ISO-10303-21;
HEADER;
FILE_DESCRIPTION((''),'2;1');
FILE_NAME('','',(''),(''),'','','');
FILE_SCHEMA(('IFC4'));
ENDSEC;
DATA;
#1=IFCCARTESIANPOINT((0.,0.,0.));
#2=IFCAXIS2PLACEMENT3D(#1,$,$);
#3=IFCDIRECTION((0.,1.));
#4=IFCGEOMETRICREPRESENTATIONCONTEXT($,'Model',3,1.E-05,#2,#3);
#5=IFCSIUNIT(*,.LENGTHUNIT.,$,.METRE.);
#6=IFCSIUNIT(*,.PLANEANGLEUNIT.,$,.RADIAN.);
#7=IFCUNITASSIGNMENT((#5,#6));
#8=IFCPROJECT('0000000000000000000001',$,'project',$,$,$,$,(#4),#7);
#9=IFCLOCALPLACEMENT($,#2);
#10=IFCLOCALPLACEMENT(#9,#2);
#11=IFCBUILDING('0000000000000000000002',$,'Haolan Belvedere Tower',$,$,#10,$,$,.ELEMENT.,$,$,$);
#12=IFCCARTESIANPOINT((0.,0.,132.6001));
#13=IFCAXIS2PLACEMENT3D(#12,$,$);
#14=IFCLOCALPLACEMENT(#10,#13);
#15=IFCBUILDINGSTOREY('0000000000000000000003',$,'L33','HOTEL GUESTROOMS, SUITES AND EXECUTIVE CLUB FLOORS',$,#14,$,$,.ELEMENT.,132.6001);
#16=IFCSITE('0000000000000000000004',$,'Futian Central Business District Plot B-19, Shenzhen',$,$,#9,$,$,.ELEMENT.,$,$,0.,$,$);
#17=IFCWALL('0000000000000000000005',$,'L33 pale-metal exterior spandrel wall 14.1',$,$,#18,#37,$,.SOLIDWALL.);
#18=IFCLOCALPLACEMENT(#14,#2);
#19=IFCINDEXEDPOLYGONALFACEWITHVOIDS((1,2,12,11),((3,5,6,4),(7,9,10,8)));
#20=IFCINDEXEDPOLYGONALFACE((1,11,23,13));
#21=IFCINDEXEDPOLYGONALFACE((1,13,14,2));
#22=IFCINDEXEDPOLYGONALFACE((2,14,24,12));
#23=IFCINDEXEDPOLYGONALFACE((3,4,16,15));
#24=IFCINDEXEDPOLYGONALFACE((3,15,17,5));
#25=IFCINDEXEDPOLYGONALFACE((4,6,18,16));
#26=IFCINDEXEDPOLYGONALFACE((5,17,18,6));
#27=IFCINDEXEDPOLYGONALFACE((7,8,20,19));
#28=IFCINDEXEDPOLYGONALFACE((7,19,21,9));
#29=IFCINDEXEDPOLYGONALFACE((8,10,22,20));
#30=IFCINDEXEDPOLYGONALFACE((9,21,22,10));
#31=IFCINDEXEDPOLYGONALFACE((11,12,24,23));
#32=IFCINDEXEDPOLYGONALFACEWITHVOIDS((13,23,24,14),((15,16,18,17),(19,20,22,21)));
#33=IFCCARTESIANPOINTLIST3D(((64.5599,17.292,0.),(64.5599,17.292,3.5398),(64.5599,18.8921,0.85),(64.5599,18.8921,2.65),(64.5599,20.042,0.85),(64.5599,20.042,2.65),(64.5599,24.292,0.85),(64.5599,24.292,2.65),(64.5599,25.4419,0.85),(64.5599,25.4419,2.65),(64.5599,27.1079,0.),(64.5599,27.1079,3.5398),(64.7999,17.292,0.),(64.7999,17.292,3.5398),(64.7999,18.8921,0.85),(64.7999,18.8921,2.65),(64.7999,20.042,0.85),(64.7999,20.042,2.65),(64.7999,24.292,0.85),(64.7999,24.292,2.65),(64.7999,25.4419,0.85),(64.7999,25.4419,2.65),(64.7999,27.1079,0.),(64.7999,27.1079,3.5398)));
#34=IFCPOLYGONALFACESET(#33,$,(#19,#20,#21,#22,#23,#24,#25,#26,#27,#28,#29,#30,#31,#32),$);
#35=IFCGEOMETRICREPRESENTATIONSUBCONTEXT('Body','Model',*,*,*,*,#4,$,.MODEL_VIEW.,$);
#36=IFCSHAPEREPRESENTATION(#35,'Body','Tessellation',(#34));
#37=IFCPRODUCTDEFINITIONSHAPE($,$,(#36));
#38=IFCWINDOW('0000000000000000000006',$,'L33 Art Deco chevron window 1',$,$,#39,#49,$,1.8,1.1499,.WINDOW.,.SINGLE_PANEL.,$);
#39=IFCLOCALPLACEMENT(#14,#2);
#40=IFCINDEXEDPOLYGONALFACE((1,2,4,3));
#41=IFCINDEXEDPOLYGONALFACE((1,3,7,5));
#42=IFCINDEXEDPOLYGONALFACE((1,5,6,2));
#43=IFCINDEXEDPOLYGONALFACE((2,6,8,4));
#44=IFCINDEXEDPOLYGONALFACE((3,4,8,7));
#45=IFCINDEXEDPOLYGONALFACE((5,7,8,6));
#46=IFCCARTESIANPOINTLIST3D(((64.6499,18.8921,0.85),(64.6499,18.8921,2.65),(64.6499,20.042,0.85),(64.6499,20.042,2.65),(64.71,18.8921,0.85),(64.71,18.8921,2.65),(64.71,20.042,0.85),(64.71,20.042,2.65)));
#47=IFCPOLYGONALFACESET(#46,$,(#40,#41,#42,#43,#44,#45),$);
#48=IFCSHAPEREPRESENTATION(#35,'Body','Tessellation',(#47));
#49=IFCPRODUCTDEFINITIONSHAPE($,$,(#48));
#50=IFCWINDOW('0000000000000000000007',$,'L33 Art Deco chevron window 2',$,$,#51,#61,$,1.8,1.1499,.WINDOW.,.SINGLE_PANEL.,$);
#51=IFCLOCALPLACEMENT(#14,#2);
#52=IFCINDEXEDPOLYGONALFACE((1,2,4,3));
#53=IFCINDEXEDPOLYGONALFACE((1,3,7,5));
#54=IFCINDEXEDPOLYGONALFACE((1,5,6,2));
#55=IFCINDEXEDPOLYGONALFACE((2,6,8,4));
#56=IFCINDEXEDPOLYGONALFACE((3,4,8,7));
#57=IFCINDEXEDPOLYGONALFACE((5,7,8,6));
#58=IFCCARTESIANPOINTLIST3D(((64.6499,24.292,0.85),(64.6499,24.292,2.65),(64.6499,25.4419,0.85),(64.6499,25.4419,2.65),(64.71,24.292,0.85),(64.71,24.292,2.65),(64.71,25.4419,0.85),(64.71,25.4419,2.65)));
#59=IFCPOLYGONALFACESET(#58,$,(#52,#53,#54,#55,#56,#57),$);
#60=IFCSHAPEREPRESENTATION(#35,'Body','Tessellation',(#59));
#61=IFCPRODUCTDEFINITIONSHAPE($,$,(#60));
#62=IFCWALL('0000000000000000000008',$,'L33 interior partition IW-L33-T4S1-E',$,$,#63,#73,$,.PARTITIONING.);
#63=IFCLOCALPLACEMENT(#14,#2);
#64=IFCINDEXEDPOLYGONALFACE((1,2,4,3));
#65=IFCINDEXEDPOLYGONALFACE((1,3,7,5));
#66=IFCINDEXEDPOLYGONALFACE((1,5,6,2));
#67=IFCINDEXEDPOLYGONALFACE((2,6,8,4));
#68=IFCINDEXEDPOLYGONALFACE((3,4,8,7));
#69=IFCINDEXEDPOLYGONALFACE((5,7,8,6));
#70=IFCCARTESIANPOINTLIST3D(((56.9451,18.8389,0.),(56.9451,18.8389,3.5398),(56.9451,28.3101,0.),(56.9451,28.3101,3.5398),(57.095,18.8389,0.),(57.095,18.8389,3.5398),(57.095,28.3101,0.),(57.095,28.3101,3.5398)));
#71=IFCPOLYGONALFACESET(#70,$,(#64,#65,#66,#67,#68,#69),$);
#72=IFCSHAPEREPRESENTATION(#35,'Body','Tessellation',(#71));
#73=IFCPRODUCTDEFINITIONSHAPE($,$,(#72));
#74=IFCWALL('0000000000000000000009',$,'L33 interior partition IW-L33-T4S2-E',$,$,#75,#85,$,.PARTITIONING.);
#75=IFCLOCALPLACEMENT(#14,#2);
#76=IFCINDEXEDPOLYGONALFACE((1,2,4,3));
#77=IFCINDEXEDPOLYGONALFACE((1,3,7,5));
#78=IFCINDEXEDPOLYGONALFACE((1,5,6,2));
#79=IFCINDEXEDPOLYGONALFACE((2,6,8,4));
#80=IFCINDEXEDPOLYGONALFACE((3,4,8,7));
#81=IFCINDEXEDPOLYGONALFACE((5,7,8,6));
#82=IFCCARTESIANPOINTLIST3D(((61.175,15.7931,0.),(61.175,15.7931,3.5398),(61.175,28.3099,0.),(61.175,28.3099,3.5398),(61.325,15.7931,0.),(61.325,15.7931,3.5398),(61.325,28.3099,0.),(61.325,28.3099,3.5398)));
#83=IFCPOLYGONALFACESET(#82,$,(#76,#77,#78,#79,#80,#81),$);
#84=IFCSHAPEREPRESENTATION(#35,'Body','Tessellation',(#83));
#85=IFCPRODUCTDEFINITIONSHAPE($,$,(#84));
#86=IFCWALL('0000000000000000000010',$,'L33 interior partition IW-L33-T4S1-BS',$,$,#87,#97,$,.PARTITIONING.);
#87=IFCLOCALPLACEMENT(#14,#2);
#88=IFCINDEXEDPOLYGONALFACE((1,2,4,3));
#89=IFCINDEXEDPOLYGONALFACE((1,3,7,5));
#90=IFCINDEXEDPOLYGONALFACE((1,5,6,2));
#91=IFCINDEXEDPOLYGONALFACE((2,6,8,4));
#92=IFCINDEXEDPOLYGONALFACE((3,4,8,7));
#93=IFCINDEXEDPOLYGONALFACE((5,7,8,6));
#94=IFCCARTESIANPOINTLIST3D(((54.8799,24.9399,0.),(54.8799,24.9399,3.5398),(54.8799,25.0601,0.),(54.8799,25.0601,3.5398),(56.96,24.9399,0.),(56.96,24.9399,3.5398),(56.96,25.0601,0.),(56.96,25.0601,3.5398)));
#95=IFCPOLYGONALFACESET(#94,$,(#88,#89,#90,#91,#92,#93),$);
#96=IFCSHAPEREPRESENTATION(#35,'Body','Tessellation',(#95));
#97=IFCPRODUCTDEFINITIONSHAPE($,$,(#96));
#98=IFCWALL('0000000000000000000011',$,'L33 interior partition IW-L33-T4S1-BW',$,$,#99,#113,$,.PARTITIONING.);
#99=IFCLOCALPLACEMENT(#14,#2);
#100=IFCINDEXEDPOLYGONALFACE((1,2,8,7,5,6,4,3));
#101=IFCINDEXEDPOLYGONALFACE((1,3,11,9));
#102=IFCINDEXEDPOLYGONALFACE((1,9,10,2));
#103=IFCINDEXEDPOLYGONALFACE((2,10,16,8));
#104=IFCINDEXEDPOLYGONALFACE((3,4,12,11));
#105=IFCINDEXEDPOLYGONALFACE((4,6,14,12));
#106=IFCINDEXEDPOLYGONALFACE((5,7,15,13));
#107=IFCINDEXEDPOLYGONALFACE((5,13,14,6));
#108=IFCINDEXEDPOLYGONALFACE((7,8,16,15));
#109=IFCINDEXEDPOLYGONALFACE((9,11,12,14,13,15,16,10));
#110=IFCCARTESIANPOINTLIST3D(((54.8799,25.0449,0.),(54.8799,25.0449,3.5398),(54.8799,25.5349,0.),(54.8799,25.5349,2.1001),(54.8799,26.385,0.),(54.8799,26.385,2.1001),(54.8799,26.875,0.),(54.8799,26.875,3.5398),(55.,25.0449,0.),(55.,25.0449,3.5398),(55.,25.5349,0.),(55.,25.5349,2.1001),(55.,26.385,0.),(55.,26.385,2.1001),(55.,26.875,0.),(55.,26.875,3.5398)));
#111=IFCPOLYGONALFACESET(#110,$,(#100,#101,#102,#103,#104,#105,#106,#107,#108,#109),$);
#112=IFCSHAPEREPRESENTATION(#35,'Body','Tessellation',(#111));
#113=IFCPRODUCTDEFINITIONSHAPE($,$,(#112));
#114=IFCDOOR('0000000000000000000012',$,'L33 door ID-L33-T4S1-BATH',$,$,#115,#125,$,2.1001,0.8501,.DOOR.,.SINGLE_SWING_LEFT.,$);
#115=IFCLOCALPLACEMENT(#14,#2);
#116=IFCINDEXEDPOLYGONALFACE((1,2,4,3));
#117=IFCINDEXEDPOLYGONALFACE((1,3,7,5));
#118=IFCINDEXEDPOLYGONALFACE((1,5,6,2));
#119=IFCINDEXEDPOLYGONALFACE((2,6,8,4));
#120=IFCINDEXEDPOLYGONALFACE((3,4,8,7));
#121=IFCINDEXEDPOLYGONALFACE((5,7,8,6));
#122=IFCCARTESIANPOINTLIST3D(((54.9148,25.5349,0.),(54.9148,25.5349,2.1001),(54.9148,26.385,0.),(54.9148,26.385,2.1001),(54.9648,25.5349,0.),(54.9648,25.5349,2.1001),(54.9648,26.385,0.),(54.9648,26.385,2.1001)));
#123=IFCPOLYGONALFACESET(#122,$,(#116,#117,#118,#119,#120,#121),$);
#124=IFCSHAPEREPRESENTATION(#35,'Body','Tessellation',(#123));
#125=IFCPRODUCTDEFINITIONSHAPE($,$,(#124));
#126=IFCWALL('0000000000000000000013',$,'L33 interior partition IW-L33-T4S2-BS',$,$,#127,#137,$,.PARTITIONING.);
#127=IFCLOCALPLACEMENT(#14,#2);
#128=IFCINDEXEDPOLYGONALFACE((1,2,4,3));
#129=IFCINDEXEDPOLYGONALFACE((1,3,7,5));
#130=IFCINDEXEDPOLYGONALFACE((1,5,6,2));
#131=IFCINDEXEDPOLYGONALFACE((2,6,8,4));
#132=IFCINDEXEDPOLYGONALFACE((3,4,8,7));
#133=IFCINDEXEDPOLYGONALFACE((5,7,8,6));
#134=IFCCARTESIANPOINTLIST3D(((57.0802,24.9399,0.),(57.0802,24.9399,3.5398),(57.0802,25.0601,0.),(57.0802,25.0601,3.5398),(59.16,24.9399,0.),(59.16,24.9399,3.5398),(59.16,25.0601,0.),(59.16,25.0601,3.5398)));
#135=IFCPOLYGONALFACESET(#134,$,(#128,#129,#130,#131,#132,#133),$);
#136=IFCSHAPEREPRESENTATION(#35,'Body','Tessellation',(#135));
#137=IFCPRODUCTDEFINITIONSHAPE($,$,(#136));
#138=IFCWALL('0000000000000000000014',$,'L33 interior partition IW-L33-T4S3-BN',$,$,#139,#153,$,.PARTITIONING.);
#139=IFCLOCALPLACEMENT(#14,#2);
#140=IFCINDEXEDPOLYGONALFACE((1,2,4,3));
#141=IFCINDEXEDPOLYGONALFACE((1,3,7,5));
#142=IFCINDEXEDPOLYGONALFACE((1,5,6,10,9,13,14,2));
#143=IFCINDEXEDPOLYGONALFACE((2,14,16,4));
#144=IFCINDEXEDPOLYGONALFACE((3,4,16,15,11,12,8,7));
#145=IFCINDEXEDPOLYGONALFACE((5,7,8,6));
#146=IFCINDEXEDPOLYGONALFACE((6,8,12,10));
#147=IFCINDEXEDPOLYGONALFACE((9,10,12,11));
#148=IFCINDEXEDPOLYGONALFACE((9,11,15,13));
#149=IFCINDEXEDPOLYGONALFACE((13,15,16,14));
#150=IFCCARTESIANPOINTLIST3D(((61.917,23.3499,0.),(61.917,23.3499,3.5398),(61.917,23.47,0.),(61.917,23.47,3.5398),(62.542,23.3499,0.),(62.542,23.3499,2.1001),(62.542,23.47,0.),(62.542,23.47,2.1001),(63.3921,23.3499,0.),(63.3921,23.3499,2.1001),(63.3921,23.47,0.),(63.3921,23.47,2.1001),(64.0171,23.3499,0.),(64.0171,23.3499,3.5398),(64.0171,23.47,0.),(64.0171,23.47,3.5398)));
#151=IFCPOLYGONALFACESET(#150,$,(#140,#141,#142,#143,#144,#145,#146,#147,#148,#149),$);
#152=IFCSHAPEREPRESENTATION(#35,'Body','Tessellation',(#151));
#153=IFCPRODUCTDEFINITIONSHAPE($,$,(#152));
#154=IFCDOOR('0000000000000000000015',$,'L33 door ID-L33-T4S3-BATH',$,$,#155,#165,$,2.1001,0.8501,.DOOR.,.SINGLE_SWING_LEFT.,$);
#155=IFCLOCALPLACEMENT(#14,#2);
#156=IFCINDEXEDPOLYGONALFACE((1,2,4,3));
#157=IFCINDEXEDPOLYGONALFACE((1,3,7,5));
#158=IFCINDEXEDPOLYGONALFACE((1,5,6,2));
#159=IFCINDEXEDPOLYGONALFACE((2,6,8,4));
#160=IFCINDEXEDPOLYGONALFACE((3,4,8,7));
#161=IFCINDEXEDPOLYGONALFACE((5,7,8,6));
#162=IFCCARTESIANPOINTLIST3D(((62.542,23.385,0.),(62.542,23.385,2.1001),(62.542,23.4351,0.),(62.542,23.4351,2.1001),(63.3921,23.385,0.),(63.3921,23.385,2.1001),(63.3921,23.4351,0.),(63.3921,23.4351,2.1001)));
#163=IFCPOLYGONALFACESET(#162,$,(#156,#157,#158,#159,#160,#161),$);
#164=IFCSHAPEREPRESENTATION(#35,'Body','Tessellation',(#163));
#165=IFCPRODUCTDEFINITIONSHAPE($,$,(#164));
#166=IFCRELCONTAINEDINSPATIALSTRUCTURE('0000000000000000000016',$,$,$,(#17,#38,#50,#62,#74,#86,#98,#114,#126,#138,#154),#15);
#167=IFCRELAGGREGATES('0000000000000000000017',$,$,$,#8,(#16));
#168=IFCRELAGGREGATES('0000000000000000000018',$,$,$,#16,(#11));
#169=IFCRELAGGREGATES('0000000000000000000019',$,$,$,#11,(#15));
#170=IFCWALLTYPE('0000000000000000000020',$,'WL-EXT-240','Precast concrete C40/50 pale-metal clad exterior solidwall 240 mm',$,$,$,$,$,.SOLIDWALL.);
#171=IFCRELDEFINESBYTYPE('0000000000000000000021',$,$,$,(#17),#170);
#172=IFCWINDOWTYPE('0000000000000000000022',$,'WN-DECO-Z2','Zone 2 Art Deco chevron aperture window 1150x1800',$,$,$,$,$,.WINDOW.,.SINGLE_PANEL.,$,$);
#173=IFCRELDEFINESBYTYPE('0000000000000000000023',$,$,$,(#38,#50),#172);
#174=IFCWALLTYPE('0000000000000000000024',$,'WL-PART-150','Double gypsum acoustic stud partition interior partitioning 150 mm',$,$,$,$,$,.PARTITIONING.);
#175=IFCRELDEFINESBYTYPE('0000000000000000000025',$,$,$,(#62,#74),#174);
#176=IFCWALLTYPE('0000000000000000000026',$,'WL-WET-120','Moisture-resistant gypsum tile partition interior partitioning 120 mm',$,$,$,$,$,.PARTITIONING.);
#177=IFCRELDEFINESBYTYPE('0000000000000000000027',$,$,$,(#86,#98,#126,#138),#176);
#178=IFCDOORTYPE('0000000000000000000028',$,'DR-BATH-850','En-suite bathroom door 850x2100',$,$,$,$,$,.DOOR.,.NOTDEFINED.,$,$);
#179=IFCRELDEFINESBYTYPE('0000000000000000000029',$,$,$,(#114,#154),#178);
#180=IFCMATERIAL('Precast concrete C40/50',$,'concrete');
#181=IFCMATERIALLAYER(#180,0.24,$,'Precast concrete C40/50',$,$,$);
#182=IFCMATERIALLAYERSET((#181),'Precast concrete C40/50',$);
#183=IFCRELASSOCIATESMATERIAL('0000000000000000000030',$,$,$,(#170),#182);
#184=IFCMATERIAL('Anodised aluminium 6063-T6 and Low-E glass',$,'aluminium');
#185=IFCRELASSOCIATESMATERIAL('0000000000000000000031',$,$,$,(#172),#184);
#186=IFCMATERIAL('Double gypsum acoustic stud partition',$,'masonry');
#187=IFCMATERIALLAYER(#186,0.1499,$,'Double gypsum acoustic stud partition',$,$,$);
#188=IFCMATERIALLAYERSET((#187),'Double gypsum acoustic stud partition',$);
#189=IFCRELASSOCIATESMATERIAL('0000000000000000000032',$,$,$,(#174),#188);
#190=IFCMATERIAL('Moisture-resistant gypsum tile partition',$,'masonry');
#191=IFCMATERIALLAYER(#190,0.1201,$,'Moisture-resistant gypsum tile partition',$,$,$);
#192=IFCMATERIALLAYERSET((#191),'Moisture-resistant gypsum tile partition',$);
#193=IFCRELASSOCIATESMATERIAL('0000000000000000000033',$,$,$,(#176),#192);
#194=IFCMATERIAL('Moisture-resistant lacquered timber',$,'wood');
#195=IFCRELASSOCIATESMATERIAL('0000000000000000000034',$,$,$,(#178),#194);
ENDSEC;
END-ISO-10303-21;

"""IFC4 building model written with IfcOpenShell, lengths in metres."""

from ifc_helpers import new_model, si_unit, direction, frame, frame_2d, origin, place, context, subcontext, project, spatial, rectangle, extrude, material, layer, layer_set, type_object, element, fill, save


model = new_model("IFC4")

# Units and contexts
model_context = context("Model", 3, precision=1e-05, world=origin(), true_north=direction((0.0, 1.0)))
body_context = subcontext(model_context, "Body", "Model", "MODEL_VIEW")
ifc_project = project(units=[si_unit("LENGTHUNIT", "METRE"), si_unit("PLANEANGLEUNIT", "RADIAN")], contexts=[model_context])

# Site, building, storey
site_placement = place(None, origin())
site = spatial("IfcSite", under=ifc_project, at=site_placement, Name="Futian Central Business District Plot B-19, Shenzhen", CompositionType="ELEMENT", RefElevation=0.0)
building_placement = place(site_placement, origin())
building = spatial("IfcBuilding", under=site, at=building_placement, Name="Haolan Belvedere Tower", CompositionType="ELEMENT")
storey_placement = place(building_placement, frame((0.0, 0.0, 132.6001)))
storey = spatial("IfcBuildingStorey", under=building, at=storey_placement, Name="L33", Description="HOTEL GUESTROOMS, SUITES AND EXECUTIVE CLUB FLOORS", CompositionType="ELEMENT", Elevation=132.6001)

# Shared definitions
ifc_material_1 = material(Name="Precast concrete C40/50", Category="concrete")
ifc_layer_1 = layer(ifc_material_1, 0.24, Name="Precast concrete C40/50")
ifc_layer_set_1 = layer_set([ifc_layer_1], Name="Precast concrete C40/50")
wall_type_1 = type_object("IfcWallType", Name="WL-EXT-240", Description="Precast concrete C40/50 pale-metal clad exterior solidwall 240 mm", PredefinedType="SOLIDWALL", material=ifc_layer_set_1)
ifc_material_2 = material(Name="Anodised aluminium 6063-T6 and Low-E glass", Category="aluminium")
window_type = type_object("IfcWindowType", Name="WN-DECO-Z2", Description="Zone 2 Art Deco chevron aperture window 1150x1800", PartitioningType="SINGLE_PANEL", PredefinedType="WINDOW", material=ifc_material_2)

# Wall, openings, windows
wall_1_placement = place(storey_placement, frame((64.6799, 17.292, 0.0), z_axis=(0.0, 0.0, 1.0), x_axis=(0.0, 1.0, 0.0)))
wall_1 = element("IfcWall", 1, at=wall_1_placement, inside=storey, type_object=wall_type_1, Name="L33 pale-metal exterior spandrel wall 14.1", PredefinedType="SOLIDWALL", context=body_context, shape_type="SweptSolid", body=[
    extrude(rectangle(XDim=9.8159, YDim=0.24, at=frame_2d((4.908, 0.0))), origin(), (0.0, 0.0, 1.0), 3.5398),
])
opening_1_placement = place(wall_1_placement, frame((1.6001, 0.0, 0.8501)))
opening_1 = element("IfcOpeningElement", 2, at=opening_1_placement, cuts=wall_1, PredefinedType="OPENING", context=body_context, shape_type="SweptSolid", body=[
    extrude(rectangle(XDim=1.1499, YDim=1.8, at=frame_2d((0.575, 0.8999))), frame((0.0, 0.1299, 0.0), z_axis=(0.0, -1.0, 0.0), x_axis=(1.0, 0.0, 0.0)), (0.0, 0.0, 1.0), 0.26),
])
opening_2_placement = place(wall_1_placement, frame((7.0, 0.0, 0.8501)))
opening_2 = element("IfcOpeningElement", 3, at=opening_2_placement, cuts=wall_1, PredefinedType="OPENING", context=body_context, shape_type="SweptSolid", body=[
    extrude(rectangle(XDim=1.1499, YDim=1.8, at=frame_2d((0.575, 0.8999))), frame((0.0, 0.1299, 0.0), z_axis=(0.0, -1.0, 0.0), x_axis=(1.0, 0.0, 0.0)), (0.0, 0.0, 1.0), 0.26),
])
window_1_placement = place(opening_1_placement, origin())
window_1 = element("IfcWindow", 4, at=window_1_placement, inside=storey, type_object=window_type, Name="L33 Art Deco chevron window 1", OverallHeight=1.8, OverallWidth=1.1499, PartitioningType="SINGLE_PANEL", PredefinedType="WINDOW", context=body_context, shape_type="SweptSolid", body=[
    extrude(rectangle(XDim=1.1499, YDim=1.8, at=frame_2d((0.575, 0.8999))), frame((0.0, 0.03, 0.0), z_axis=(0.0, -1.0, 0.0), x_axis=(1.0, 0.0, 0.0)), (0.0, 0.0, 1.0), 0.0601),
])
fill(opening_1, window_1)
window_2_placement = place(opening_2_placement, origin())
window_2 = element("IfcWindow", 5, at=window_2_placement, inside=storey, type_object=window_type, Name="L33 Art Deco chevron window 2", OverallHeight=1.8, OverallWidth=1.1499, PartitioningType="SINGLE_PANEL", PredefinedType="WINDOW", context=body_context, shape_type="SweptSolid", body=[
    extrude(rectangle(XDim=1.1499, YDim=1.8, at=frame_2d((0.575, 0.8999))), frame((0.0, 0.03, 0.0), z_axis=(0.0, -1.0, 0.0), x_axis=(1.0, 0.0, 0.0)), (0.0, 0.0, 1.0), 0.0601),
])
fill(opening_2, window_2)

# Walls
ifc_material_3 = material(Name="Double gypsum acoustic stud partition", Category="masonry")
ifc_layer_2 = layer(ifc_material_3, 0.1499, Name="Double gypsum acoustic stud partition")
ifc_layer_set_2 = layer_set([ifc_layer_2], Name="Double gypsum acoustic stud partition")
wall_type_2 = type_object("IfcWallType", Name="WL-PART-150", Description="Double gypsum acoustic stud partition interior partitioning 150 mm", PredefinedType="PARTITIONING", material=ifc_layer_set_2)
wall_2_placement = place(storey_placement, frame((57.02, 18.8389, 0.0), z_axis=(0.0, 0.0, 1.0), x_axis=(0.0, 1.0, 0.0)))
element("IfcWall", 6, at=wall_2_placement, inside=storey, type_object=wall_type_2, Name="L33 interior partition IW-L33-T4S1-E", PredefinedType="PARTITIONING", context=body_context, shape_type="SweptSolid", body=[
    extrude(rectangle(XDim=9.4712, YDim=0.1499, at=frame_2d((4.7356, 0.0))), origin(), (0.0, 0.0, 1.0), 3.5398),
])
wall_3_placement = place(storey_placement, frame((61.25, 15.7932, 0.0), z_axis=(0.0, 0.0, 1.0), x_axis=(0.0, 1.0, 0.0)))
element("IfcWall", 7, at=wall_3_placement, inside=storey, type_object=wall_type_2, Name="L33 interior partition IW-L33-T4S2-E", PredefinedType="PARTITIONING", context=body_context, shape_type="SweptSolid", body=[
    extrude(rectangle(XDim=12.5168, YDim=0.1499, at=frame_2d((6.2583, 0.0))), origin(), (0.0, 0.0, 1.0), 3.5398),
])
ifc_material_4 = material(Name="Moisture-resistant gypsum tile partition", Category="masonry")
ifc_layer_3 = layer(ifc_material_4, 0.1201, Name="Moisture-resistant gypsum tile partition")
ifc_layer_set_3 = layer_set([ifc_layer_3], Name="Moisture-resistant gypsum tile partition")
wall_type_3 = type_object("IfcWallType", Name="WL-WET-120", Description="Moisture-resistant gypsum tile partition interior partitioning 120 mm", PredefinedType="PARTITIONING", material=ifc_layer_set_3)
wall_4_placement = place(storey_placement, frame((54.8799, 25.0, 0.0), z_axis=(0.0, 0.0, 1.0), x_axis=(1.0, 0.0, 0.0)))
element("IfcWall", 8, at=wall_4_placement, inside=storey, type_object=wall_type_3, Name="L33 interior partition IW-L33-T4S1-BS", PredefinedType="PARTITIONING", context=body_context, shape_type="SweptSolid", body=[
    extrude(rectangle(XDim=2.0801, YDim=0.1201, at=frame_2d((1.04, 0.0))), origin(), (0.0, 0.0, 1.0), 3.5398),
])

# Wall, opening, door
wall_5_placement = place(storey_placement, frame((54.9399, 25.0449, 0.0), z_axis=(0.0, 0.0, 1.0), x_axis=(0.0, 1.0, 0.0)))
wall_5 = element("IfcWall", 9, at=wall_5_placement, inside=storey, type_object=wall_type_3, Name="L33 interior partition IW-L33-T4S1-BW", PredefinedType="PARTITIONING", context=body_context, shape_type="SweptSolid", body=[
    extrude(rectangle(XDim=1.8301, YDim=0.1201, at=frame_2d((0.915, 0.0))), origin(), (0.0, 0.0, 1.0), 3.5398),
])
opening_3_placement = place(wall_5_placement, frame((1.3401, 0.0, 0.0), z_axis=(0.0, 0.0, 1.0), x_axis=(-1.0, 0.0, 0.0)))
opening_3 = element("IfcOpeningElement", 10, at=opening_3_placement, cuts=wall_5, PredefinedType="OPENING", context=body_context, shape_type="SweptSolid", body=[
    extrude(rectangle(XDim=0.8501, YDim=2.1001, at=frame_2d((0.425, 1.05))), frame((0.0, 0.0701, 0.0), z_axis=(0.0, -1.0, 0.0), x_axis=(1.0, 0.0, 0.0)), (0.0, 0.0, 1.0), 0.1401),
])
ifc_material_5 = material(Name="Moisture-resistant lacquered timber", Category="wood")
door_type = type_object("IfcDoorType", Name="DR-BATH-850", Description="En-suite bathroom door 850x2100", OperationType="NOTDEFINED", PredefinedType="DOOR", material=ifc_material_5)
door_1_placement = place(opening_3_placement, origin())
door_1 = element("IfcDoor", 11, at=door_1_placement, inside=storey, type_object=door_type, Name="L33 door ID-L33-T4S1-BATH", OperationType="SINGLE_SWING_LEFT", OverallHeight=2.1001, OverallWidth=0.8501, PredefinedType="DOOR", context=body_context, shape_type="SweptSolid", body=[
    extrude(rectangle(XDim=0.8501, YDim=2.1001, at=frame_2d((0.425, 1.05))), frame((0.0, 0.0249, 0.0), z_axis=(0.0, -1.0, 0.0), x_axis=(1.0, 0.0, 0.0)), (0.0, 0.0, 1.0), 0.05),
])
fill(opening_3, door_1)

# Wall
wall_6_placement = place(storey_placement, frame((57.0801, 25.0, 0.0), z_axis=(0.0, 0.0, 1.0), x_axis=(1.0, 0.0, 0.0)))
element("IfcWall", 12, at=wall_6_placement, inside=storey, type_object=wall_type_3, Name="L33 interior partition IW-L33-T4S2-BS", PredefinedType="PARTITIONING", context=body_context, shape_type="SweptSolid", body=[
    extrude(rectangle(XDim=2.0798, YDim=0.1201, at=frame_2d((1.04, 0.0))), origin(), (0.0, 0.0, 1.0), 3.5398),
])

# Wall, opening, door
wall_7_placement = place(storey_placement, frame((61.917, 23.4099, 0.0), z_axis=(0.0, 0.0, 1.0), x_axis=(1.0, 0.0, 0.0)))
wall_7 = element("IfcWall", 13, at=wall_7_placement, inside=storey, type_object=wall_type_3, Name="L33 interior partition IW-L33-T4S3-BN", PredefinedType="PARTITIONING", context=body_context, shape_type="SweptSolid", body=[
    extrude(rectangle(XDim=2.1001, YDim=0.1201, at=frame_2d((1.05, 0.0))), origin(), (0.0, 0.0, 1.0), 3.5398),
])
opening_4_placement = place(wall_7_placement, frame((1.4751, 0.0, 0.0), z_axis=(0.0, 0.0, 1.0), x_axis=(-1.0, 0.0, 0.0)))
opening_4 = element("IfcOpeningElement", 14, at=opening_4_placement, cuts=wall_7, PredefinedType="OPENING", context=body_context, shape_type="SweptSolid", body=[
    extrude(rectangle(XDim=0.8501, YDim=2.1001, at=frame_2d((0.425, 1.05))), frame((0.0, 0.0701, 0.0), z_axis=(0.0, -1.0, 0.0), x_axis=(1.0, 0.0, 0.0)), (0.0, 0.0, 1.0), 0.1401),
])
door_2_placement = place(opening_4_placement, origin())
door_2 = element("IfcDoor", 15, at=door_2_placement, inside=storey, type_object=door_type, Name="L33 door ID-L33-T4S3-BATH", OperationType="SINGLE_SWING_LEFT", OverallHeight=2.1001, OverallWidth=0.8501, PredefinedType="DOOR", context=body_context, shape_type="SweptSolid", body=[
    extrude(rectangle(XDim=0.8501, YDim=2.1001, at=frame_2d((0.425, 1.05))), frame((0.0, 0.0249, 0.0), z_axis=(0.0, -1.0, 0.0), x_axis=(1.0, 0.0, 0.0)), (0.0, 0.0, 1.0), 0.05),
])
fill(opening_4, door_2)

save(model, "model.ifc")
